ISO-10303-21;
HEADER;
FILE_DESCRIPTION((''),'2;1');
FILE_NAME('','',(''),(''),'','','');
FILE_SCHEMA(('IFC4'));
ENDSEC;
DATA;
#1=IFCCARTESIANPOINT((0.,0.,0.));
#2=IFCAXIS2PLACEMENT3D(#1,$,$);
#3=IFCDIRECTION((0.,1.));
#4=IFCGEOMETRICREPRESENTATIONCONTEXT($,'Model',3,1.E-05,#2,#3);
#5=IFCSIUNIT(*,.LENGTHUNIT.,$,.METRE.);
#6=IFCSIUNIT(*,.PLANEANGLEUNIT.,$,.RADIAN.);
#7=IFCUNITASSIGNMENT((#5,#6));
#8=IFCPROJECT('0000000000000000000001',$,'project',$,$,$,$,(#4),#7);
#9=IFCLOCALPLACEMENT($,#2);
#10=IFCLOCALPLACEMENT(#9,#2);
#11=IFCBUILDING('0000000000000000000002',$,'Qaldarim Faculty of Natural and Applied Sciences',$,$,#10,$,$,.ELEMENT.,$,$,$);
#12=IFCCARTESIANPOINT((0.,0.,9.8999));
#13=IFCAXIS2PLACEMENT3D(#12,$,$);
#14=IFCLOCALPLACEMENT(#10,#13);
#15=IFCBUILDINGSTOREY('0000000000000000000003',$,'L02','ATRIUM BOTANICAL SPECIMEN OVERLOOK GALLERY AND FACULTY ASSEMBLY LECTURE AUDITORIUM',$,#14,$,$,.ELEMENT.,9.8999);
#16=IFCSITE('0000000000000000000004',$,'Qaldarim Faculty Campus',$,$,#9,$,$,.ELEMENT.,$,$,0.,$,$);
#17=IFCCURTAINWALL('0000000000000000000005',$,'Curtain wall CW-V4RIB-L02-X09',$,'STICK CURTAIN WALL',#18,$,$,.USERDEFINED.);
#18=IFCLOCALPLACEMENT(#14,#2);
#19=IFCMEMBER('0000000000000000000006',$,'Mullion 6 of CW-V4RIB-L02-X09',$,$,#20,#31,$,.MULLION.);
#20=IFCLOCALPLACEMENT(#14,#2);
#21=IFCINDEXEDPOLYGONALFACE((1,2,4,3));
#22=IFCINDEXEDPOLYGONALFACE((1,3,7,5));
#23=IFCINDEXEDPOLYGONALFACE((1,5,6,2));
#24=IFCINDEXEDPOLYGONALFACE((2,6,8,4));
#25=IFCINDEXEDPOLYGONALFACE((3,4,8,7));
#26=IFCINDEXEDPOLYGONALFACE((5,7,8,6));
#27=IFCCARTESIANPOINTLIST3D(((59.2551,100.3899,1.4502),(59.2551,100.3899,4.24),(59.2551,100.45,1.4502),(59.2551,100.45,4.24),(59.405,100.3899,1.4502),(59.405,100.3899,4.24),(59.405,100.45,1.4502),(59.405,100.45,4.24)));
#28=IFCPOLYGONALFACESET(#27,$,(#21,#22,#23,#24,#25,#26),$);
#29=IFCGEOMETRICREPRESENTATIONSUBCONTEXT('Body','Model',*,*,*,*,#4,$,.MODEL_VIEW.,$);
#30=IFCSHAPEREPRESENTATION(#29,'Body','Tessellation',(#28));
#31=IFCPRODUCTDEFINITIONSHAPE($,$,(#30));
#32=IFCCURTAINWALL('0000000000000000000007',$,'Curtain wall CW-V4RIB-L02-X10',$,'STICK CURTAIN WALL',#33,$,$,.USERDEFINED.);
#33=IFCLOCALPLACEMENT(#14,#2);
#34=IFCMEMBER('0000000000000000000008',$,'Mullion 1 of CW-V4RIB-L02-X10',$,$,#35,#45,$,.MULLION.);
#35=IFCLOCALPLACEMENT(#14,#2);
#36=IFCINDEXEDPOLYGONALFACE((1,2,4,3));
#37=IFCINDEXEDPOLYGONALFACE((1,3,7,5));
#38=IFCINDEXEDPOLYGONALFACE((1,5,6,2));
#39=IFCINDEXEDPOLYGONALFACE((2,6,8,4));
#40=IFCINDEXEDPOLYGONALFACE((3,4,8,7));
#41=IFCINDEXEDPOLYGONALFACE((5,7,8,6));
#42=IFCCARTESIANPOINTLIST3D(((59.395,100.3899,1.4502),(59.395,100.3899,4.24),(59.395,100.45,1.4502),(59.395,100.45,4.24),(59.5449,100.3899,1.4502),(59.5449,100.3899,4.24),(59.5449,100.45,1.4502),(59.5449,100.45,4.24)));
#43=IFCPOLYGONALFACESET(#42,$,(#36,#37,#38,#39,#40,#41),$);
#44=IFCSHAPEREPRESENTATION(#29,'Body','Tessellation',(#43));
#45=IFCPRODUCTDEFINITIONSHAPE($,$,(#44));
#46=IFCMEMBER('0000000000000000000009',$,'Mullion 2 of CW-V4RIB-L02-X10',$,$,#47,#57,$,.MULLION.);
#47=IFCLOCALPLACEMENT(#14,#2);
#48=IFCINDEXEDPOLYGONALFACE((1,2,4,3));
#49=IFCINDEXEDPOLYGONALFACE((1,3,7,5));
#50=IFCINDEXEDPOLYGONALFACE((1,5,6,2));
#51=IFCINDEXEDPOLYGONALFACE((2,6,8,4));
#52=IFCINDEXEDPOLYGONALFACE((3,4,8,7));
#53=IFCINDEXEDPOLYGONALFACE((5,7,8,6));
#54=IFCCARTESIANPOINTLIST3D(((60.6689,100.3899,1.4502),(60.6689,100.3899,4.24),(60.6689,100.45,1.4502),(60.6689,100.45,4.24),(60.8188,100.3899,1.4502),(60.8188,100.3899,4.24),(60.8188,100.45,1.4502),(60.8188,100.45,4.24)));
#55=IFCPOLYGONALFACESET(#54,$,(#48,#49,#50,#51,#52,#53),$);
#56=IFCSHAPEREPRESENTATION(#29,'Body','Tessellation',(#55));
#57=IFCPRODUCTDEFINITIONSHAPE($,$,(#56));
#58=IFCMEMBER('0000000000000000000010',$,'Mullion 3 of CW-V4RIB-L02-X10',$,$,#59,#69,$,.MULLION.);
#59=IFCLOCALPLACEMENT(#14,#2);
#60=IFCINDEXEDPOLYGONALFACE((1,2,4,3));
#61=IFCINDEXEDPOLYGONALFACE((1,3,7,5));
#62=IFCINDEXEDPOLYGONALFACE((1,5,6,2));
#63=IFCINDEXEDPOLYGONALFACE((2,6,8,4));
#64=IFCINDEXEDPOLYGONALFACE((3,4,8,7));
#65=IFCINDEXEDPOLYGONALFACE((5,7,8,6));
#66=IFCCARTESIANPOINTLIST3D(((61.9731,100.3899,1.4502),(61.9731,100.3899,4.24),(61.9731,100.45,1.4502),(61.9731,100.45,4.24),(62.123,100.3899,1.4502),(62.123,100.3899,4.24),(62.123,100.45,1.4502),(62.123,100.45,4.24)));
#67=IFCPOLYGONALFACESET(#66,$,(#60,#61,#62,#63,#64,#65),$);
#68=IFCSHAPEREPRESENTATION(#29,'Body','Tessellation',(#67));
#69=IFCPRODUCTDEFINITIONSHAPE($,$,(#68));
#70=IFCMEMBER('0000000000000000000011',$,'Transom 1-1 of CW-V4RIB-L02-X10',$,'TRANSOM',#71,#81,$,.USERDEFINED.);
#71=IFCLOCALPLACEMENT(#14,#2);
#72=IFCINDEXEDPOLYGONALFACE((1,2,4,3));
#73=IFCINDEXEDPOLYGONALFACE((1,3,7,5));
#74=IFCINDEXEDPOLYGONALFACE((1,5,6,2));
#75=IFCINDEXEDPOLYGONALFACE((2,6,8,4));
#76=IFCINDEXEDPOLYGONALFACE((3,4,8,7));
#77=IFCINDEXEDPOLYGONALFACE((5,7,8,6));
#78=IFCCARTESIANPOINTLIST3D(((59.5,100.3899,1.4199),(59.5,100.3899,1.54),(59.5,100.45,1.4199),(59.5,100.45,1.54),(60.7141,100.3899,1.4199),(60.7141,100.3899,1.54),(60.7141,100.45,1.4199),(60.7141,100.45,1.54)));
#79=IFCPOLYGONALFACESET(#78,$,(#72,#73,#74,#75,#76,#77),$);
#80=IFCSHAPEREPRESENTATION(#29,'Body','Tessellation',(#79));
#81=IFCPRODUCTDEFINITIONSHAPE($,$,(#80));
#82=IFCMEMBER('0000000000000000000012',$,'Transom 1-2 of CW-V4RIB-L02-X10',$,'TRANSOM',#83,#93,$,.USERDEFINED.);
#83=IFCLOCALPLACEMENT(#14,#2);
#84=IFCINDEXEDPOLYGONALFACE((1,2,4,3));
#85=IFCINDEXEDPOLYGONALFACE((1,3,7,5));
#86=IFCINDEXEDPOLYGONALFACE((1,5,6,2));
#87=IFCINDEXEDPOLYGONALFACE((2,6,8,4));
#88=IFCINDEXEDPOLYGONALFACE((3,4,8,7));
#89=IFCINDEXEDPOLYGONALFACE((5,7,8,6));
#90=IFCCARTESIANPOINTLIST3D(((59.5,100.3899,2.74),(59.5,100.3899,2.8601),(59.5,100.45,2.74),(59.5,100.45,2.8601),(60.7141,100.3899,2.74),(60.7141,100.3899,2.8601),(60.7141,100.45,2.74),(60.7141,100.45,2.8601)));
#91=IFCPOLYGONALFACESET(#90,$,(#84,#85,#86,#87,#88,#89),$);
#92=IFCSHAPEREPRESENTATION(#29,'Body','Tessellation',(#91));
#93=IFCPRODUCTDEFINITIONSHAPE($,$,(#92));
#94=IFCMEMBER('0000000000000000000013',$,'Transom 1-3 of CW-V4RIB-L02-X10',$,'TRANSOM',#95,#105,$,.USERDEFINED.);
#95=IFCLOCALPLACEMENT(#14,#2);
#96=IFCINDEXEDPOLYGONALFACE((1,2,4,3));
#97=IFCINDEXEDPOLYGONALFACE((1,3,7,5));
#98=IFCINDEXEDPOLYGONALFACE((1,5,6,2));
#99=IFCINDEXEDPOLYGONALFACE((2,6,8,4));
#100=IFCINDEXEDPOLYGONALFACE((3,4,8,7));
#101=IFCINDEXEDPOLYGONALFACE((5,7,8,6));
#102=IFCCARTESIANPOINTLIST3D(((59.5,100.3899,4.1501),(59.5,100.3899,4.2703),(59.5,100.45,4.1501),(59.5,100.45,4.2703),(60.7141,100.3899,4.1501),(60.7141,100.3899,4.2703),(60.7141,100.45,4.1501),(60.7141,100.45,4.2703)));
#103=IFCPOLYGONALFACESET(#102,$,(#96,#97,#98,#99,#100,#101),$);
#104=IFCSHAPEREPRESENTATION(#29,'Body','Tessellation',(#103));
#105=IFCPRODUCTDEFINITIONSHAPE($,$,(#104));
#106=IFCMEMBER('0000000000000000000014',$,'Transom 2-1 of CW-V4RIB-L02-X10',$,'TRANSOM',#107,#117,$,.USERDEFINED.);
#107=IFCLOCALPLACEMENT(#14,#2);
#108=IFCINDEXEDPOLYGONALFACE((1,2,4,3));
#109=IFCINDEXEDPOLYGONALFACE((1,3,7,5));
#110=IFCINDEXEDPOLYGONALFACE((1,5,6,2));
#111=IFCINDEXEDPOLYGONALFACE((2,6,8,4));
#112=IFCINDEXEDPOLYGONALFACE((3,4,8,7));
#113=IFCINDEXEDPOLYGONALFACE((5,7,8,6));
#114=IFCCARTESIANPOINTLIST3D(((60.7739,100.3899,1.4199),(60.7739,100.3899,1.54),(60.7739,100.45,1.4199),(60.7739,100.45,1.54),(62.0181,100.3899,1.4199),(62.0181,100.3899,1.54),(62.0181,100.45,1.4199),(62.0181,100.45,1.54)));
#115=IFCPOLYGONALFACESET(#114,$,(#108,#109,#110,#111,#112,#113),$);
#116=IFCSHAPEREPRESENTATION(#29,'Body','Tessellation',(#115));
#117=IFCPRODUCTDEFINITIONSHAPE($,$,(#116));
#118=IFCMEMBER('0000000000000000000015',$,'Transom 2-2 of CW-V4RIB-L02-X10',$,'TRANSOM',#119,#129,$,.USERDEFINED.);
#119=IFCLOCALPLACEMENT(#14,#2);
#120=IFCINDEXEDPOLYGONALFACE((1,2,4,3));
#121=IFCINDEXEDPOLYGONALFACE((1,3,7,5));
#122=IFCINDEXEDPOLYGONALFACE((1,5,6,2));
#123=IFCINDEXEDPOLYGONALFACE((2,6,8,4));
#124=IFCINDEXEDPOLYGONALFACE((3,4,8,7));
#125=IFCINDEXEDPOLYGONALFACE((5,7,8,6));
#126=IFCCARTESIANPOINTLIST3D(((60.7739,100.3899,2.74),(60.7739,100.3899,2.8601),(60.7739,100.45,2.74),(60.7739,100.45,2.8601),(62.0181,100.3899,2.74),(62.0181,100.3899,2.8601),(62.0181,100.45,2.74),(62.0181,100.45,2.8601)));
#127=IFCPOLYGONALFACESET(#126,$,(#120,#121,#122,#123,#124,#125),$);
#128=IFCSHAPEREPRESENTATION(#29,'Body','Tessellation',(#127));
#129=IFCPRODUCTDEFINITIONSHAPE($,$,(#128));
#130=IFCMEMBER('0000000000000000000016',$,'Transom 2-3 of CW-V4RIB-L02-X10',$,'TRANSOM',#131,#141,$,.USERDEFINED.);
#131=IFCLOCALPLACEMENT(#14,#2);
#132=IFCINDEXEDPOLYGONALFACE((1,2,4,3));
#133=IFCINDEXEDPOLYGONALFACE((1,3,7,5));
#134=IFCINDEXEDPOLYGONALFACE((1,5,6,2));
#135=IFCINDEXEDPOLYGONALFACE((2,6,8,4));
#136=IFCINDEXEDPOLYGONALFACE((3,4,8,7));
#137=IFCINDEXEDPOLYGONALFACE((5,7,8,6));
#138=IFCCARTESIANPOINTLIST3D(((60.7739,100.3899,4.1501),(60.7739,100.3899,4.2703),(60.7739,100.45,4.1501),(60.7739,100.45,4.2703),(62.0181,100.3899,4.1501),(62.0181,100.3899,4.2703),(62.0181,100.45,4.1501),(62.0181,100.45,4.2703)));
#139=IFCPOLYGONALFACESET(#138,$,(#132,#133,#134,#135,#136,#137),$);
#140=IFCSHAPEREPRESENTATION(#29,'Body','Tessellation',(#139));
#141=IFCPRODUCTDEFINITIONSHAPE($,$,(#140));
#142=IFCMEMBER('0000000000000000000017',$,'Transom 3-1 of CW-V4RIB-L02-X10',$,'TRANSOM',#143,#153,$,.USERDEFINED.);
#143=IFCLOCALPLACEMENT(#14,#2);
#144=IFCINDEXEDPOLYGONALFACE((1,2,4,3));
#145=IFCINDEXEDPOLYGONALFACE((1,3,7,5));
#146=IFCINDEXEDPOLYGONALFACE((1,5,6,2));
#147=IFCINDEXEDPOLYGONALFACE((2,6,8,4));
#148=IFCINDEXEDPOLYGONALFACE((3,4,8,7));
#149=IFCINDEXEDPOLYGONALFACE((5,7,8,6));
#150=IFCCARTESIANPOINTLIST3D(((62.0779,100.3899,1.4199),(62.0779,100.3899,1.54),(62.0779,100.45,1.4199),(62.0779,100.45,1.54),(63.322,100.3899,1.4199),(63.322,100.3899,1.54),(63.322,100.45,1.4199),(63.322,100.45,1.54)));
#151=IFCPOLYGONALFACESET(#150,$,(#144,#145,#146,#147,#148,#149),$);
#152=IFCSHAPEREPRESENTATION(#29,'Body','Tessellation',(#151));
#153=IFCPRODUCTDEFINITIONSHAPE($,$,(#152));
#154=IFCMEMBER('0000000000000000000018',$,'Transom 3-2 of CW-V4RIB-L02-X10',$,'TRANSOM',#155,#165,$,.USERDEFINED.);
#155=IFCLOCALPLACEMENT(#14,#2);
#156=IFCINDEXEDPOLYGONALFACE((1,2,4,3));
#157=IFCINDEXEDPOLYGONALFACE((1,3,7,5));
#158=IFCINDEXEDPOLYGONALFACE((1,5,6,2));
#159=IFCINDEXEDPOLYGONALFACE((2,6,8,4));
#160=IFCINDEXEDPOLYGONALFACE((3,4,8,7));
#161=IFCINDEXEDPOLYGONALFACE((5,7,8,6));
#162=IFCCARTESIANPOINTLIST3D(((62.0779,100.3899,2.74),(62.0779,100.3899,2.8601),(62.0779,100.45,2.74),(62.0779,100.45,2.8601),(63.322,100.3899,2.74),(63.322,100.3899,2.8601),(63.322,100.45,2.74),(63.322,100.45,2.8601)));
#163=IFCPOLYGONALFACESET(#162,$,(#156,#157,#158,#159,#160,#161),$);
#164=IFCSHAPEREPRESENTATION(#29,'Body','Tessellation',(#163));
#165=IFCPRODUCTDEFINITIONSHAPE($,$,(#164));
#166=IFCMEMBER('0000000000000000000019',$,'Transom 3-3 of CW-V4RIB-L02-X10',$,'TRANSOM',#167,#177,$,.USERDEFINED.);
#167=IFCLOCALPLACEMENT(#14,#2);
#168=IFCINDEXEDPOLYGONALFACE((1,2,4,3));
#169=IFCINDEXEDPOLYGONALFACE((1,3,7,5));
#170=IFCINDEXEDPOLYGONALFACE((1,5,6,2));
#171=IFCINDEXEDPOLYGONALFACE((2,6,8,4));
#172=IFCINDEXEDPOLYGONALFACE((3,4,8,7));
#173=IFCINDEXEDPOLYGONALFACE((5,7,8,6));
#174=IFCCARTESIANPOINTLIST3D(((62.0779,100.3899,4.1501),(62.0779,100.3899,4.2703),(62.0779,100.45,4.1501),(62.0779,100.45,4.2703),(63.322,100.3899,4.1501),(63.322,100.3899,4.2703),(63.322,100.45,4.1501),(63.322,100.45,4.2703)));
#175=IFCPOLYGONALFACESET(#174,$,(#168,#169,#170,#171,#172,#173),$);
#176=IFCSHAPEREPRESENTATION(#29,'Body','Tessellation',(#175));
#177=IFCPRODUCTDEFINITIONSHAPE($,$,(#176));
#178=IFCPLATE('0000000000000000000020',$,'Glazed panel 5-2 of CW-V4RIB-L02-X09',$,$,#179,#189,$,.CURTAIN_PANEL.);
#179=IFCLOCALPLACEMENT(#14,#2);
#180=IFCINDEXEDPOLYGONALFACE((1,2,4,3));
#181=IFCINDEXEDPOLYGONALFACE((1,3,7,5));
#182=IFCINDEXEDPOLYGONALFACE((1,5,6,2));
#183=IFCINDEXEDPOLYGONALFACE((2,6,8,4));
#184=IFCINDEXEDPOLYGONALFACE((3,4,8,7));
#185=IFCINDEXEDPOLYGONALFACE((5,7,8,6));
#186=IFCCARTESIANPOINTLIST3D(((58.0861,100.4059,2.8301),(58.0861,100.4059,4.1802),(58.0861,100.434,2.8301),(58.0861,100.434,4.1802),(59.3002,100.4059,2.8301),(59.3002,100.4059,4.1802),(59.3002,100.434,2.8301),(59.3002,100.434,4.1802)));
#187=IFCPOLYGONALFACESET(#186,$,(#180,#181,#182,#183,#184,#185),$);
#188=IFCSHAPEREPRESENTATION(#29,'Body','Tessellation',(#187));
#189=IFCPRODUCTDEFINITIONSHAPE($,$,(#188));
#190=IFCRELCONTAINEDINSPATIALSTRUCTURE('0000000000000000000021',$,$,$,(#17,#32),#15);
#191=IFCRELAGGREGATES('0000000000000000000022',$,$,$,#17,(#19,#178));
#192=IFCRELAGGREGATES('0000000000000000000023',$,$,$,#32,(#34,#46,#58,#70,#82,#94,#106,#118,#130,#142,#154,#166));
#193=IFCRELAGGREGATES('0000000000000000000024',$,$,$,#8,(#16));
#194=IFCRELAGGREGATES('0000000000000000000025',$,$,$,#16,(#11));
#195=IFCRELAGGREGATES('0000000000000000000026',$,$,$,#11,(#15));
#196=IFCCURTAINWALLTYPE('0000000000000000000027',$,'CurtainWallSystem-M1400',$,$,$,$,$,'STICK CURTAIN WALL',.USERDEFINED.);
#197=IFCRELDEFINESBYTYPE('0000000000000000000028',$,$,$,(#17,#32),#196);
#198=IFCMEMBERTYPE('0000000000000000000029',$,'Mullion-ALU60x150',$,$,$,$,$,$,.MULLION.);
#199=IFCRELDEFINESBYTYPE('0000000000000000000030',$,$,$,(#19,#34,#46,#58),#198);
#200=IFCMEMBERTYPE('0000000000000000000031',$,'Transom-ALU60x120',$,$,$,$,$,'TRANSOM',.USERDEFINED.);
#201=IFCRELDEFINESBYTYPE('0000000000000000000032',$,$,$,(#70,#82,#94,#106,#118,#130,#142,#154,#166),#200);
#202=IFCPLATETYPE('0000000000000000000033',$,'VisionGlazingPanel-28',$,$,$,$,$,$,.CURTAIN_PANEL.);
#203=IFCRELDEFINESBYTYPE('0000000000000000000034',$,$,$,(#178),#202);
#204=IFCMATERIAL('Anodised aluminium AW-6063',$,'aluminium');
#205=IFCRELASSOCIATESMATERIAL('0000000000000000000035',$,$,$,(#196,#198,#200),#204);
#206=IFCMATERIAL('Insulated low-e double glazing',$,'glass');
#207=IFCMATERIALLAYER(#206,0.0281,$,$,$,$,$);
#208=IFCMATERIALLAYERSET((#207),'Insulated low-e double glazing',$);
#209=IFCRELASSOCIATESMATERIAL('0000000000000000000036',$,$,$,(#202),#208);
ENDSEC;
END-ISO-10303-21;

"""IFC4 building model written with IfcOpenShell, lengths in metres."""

from ifc_helpers import new_model, si_unit, direction, frame, origin, origin_2d, place, context, subcontext, project, spatial, rectangle, extrude, material, layer, layer_set, material_profile, profile_set, type_object, element, aggregate, save


model = new_model("IFC4")

# Units and contexts
model_context = context("Model", 3, precision=1e-05, world=origin(), true_north=direction((0.0, 1.0)))
body_context = subcontext(model_context, "Body", "Model", "MODEL_VIEW")
ifc_project = project(units=[si_unit("LENGTHUNIT", "METRE"), si_unit("PLANEANGLEUNIT", "RADIAN")], contexts=[model_context])

# Site, building, storey
site_placement = place(None, origin())
site = spatial("IfcSite", under=ifc_project, at=site_placement, Name="Qaldarim Faculty Campus", CompositionType="ELEMENT", RefElevation=0.0)
building_placement = place(site_placement, origin())
building = spatial("IfcBuilding", under=site, at=building_placement, Name="Qaldarim Faculty of Natural and Applied Sciences", CompositionType="ELEMENT")
storey_placement = place(building_placement, frame((0.0, 0.0, 9.8999)))
storey = spatial("IfcBuildingStorey", under=building, at=storey_placement, Name="L02", Description="ATRIUM BOTANICAL SPECIMEN OVERLOOK GALLERY AND FACULTY ASSEMBLY LECTURE AUDITORIUM", CompositionType="ELEMENT", Elevation=9.8999)

# Curtain wall, member
ifc_material_1 = material(Name="Anodised aluminium AW-6063", Category="aluminium")
curtain_wall_type = type_object("IfcCurtainWallType", Name="CurtainWallSystem-M1400", ElementType="STICK CURTAIN WALL", PredefinedType="USERDEFINED", material=ifc_material_1)
curtain_wall_1_placement = place(storey_placement, origin())
curtain_wall_1 = element("IfcCurtainWall", 1, at=curtain_wall_1_placement, inside=storey, type_object=curtain_wall_type, Name="Curtain wall CW-V4RIB-L02-X09", ObjectType="STICK CURTAIN WALL", PredefinedType="USERDEFINED")
ifc_material_profile_1 = material_profile(ifc_material_1, rectangle(XDim=0.0601, YDim=0.1499, at=origin_2d()), Name="ALU-M60x150")
ifc_profile_set_1 = profile_set([ifc_material_profile_1], Name="Anodised aluminium AW-6063")
member_type_1 = type_object("IfcMemberType", Name="Mullion-ALU60x150", PredefinedType="MULLION", material=ifc_profile_set_1)
member_1_placement = place(storey_placement, frame((59.3301, 100.4199, 1.4502), z_axis=(0.0, 0.0, 1.0), x_axis=(0.0, 1.0, 0.0)))
member_1 = element("IfcMember", 2, at=member_1_placement, type_object=member_type_1, Name="Mullion 6 of CW-V4RIB-L02-X09", PredefinedType="MULLION", context=body_context, shape_type="SweptSolid", body=[
    extrude(rectangle(XDim=0.0601, YDim=0.1499, at=origin_2d()), origin(), (0.0, 0.0, 1.0), 2.7898),
])

# Curtain wall, members
curtain_wall_2_placement = place(storey_placement, origin())
curtain_wall_2 = element("IfcCurtainWall", 3, at=curtain_wall_2_placement, inside=storey, type_object=curtain_wall_type, Name="Curtain wall CW-V4RIB-L02-X10", ObjectType="STICK CURTAIN WALL", PredefinedType="USERDEFINED")
member_2_placement = place(storey_placement, frame((59.47, 100.4199, 1.4502), z_axis=(0.0, 0.0, 1.0), x_axis=(0.0, 1.0, 0.0)))
member_2 = element("IfcMember", 4, at=member_2_placement, type_object=member_type_1, Name="Mullion 1 of CW-V4RIB-L02-X10", PredefinedType="MULLION", context=body_context, shape_type="SweptSolid", body=[
    extrude(rectangle(XDim=0.0601, YDim=0.1499, at=origin_2d()), origin(), (0.0, 0.0, 1.0), 2.7898),
])
member_3_placement = place(storey_placement, frame((60.7439, 100.4199, 1.4502), z_axis=(0.0, 0.0, 1.0), x_axis=(0.0, 1.0, 0.0)))
member_3 = element("IfcMember", 5, at=member_3_placement, type_object=member_type_1, Name="Mullion 2 of CW-V4RIB-L02-X10", PredefinedType="MULLION", context=body_context, shape_type="SweptSolid", body=[
    extrude(rectangle(XDim=0.0601, YDim=0.1499, at=origin_2d()), origin(), (0.0, 0.0, 1.0), 2.7898),
])
member_4_placement = place(storey_placement, frame((62.0481, 100.4199, 1.4502), z_axis=(0.0, 0.0, 1.0), x_axis=(0.0, 1.0, 0.0)))
member_4 = element("IfcMember", 6, at=member_4_placement, type_object=member_type_1, Name="Mullion 3 of CW-V4RIB-L02-X10", PredefinedType="MULLION", context=body_context, shape_type="SweptSolid", body=[
    extrude(rectangle(XDim=0.0601, YDim=0.1499, at=origin_2d()), origin(), (0.0, 0.0, 1.0), 2.7898),
])
ifc_material_profile_2 = material_profile(ifc_material_1, rectangle(XDim=0.0601, YDim=0.1201, at=origin_2d()), Name="ALU-T60x120")
ifc_profile_set_2 = profile_set([ifc_material_profile_2], Name="Anodised aluminium AW-6063")
member_type_2 = type_object("IfcMemberType", Name="Transom-ALU60x120", ElementType="TRANSOM", PredefinedType="USERDEFINED", material=ifc_profile_set_2)
member_5_placement = place(storey_placement, frame((59.5, 100.4199, 1.48), z_axis=(1.0, 0.0, 0.0), x_axis=(0.0, 1.0, 0.0)))
member_5 = element("IfcMember", 7, at=member_5_placement, type_object=member_type_2, Name="Transom 1-1 of CW-V4RIB-L02-X10", ObjectType="TRANSOM", PredefinedType="USERDEFINED", context=body_context, shape_type="SweptSolid", body=[
    extrude(rectangle(XDim=0.0601, YDim=0.1201, at=origin_2d()), origin(), (0.0, 0.0, 1.0), 1.2141),
])
member_6_placement = place(storey_placement, frame((59.5, 100.4199, 2.8), z_axis=(1.0, 0.0, 0.0), x_axis=(0.0, 1.0, 0.0)))
member_6 = element("IfcMember", 8, at=member_6_placement, type_object=member_type_2, Name="Transom 1-2 of CW-V4RIB-L02-X10", ObjectType="TRANSOM", PredefinedType="USERDEFINED", context=body_context, shape_type="SweptSolid", body=[
    extrude(rectangle(XDim=0.0601, YDim=0.1201, at=origin_2d()), origin(), (0.0, 0.0, 1.0), 1.2141),
])
member_7_placement = place(storey_placement, frame((59.5, 100.4199, 4.2102), z_axis=(1.0, 0.0, 0.0), x_axis=(0.0, 1.0, 0.0)))
member_7 = element("IfcMember", 9, at=member_7_placement, type_object=member_type_2, Name="Transom 1-3 of CW-V4RIB-L02-X10", ObjectType="TRANSOM", PredefinedType="USERDEFINED", context=body_context, shape_type="SweptSolid", body=[
    extrude(rectangle(XDim=0.0601, YDim=0.1201, at=origin_2d()), origin(), (0.0, 0.0, 1.0), 1.2141),
])
member_8_placement = place(storey_placement, frame((60.7739, 100.4199, 1.48), z_axis=(1.0, 0.0, 0.0), x_axis=(0.0, 1.0, 0.0)))
member_8 = element("IfcMember", 10, at=member_8_placement, type_object=member_type_2, Name="Transom 2-1 of CW-V4RIB-L02-X10", ObjectType="TRANSOM", PredefinedType="USERDEFINED", context=body_context, shape_type="SweptSolid", body=[
    extrude(rectangle(XDim=0.0601, YDim=0.1201, at=origin_2d()), origin(), (0.0, 0.0, 1.0), 1.2441),
])
member_9_placement = place(storey_placement, frame((60.7739, 100.4199, 2.8), z_axis=(1.0, 0.0, 0.0), x_axis=(0.0, 1.0, 0.0)))
member_9 = element("IfcMember", 11, at=member_9_placement, type_object=member_type_2, Name="Transom 2-2 of CW-V4RIB-L02-X10", ObjectType="TRANSOM", PredefinedType="USERDEFINED", context=body_context, shape_type="SweptSolid", body=[
    extrude(rectangle(XDim=0.0601, YDim=0.1201, at=origin_2d()), origin(), (0.0, 0.0, 1.0), 1.2441),
])
member_10_placement = place(storey_placement, frame((60.7739, 100.4199, 4.2102), z_axis=(1.0, 0.0, 0.0), x_axis=(0.0, 1.0, 0.0)))
member_10 = element("IfcMember", 12, at=member_10_placement, type_object=member_type_2, Name="Transom 2-3 of CW-V4RIB-L02-X10", ObjectType="TRANSOM", PredefinedType="USERDEFINED", context=body_context, shape_type="SweptSolid", body=[
    extrude(rectangle(XDim=0.0601, YDim=0.1201, at=origin_2d()), origin(), (0.0, 0.0, 1.0), 1.2441),
])
member_11_placement = place(storey_placement, frame((62.0779, 100.4199, 1.48), z_axis=(1.0, 0.0, 0.0), x_axis=(0.0, 1.0, 0.0)))
member_11 = element("IfcMember", 13, at=member_11_placement, type_object=member_type_2, Name="Transom 3-1 of CW-V4RIB-L02-X10", ObjectType="TRANSOM", PredefinedType="USERDEFINED", context=body_context, shape_type="SweptSolid", body=[
    extrude(rectangle(XDim=0.0601, YDim=0.1201, at=origin_2d()), origin(), (0.0, 0.0, 1.0), 1.2441),
])
member_12_placement = place(storey_placement, frame((62.0779, 100.4199, 2.8), z_axis=(1.0, 0.0, 0.0), x_axis=(0.0, 1.0, 0.0)))
member_12 = element("IfcMember", 14, at=member_12_placement, type_object=member_type_2, Name="Transom 3-2 of CW-V4RIB-L02-X10", ObjectType="TRANSOM", PredefinedType="USERDEFINED", context=body_context, shape_type="SweptSolid", body=[
    extrude(rectangle(XDim=0.0601, YDim=0.1201, at=origin_2d()), origin(), (0.0, 0.0, 1.0), 1.2441),
])
member_13_placement = place(storey_placement, frame((62.0779, 100.4199, 4.2102), z_axis=(1.0, 0.0, 0.0), x_axis=(0.0, 1.0, 0.0)))
member_13 = element("IfcMember", 15, at=member_13_placement, type_object=member_type_2, Name="Transom 3-3 of CW-V4RIB-L02-X10", ObjectType="TRANSOM", PredefinedType="USERDEFINED", context=body_context, shape_type="SweptSolid", body=[
    extrude(rectangle(XDim=0.0601, YDim=0.1201, at=origin_2d()), origin(), (0.0, 0.0, 1.0), 1.2441),
])

# Plate
ifc_material_2 = material(Name="Insulated low-e double glazing", Category="glass")
ifc_layer_1 = layer(ifc_material_2, 0.0281)
ifc_layer_set_1 = layer_set([ifc_layer_1], Name="Insulated low-e double glazing")
plate_type = type_object("IfcPlateType", Name="VisionGlazingPanel-28", PredefinedType="CURTAIN_PANEL", material=ifc_layer_set_1)
plate_1_placement = place(storey_placement, frame((58.6931, 100.4199, 2.8301), z_axis=(0.0, 0.0, 1.0), x_axis=(1.0, 0.0, 0.0)))
plate_1 = element("IfcPlate", 16, at=plate_1_placement, type_object=plate_type, Name="Glazed panel 5-2 of CW-V4RIB-L02-X09", PredefinedType="CURTAIN_PANEL", context=body_context, shape_type="SweptSolid", body=[
    extrude(rectangle(XDim=1.2141, YDim=0.0281, at=origin_2d()), origin(), (0.0, 0.0, 1.0), 1.3501),
])
aggregate(curtain_wall_1, [member_1, plate_1])
aggregate(curtain_wall_2, [member_2, member_3, member_4, member_5, member_6, member_7, member_8, member_9, member_10, member_11, member_12, member_13])

save(model, "model.ifc")
